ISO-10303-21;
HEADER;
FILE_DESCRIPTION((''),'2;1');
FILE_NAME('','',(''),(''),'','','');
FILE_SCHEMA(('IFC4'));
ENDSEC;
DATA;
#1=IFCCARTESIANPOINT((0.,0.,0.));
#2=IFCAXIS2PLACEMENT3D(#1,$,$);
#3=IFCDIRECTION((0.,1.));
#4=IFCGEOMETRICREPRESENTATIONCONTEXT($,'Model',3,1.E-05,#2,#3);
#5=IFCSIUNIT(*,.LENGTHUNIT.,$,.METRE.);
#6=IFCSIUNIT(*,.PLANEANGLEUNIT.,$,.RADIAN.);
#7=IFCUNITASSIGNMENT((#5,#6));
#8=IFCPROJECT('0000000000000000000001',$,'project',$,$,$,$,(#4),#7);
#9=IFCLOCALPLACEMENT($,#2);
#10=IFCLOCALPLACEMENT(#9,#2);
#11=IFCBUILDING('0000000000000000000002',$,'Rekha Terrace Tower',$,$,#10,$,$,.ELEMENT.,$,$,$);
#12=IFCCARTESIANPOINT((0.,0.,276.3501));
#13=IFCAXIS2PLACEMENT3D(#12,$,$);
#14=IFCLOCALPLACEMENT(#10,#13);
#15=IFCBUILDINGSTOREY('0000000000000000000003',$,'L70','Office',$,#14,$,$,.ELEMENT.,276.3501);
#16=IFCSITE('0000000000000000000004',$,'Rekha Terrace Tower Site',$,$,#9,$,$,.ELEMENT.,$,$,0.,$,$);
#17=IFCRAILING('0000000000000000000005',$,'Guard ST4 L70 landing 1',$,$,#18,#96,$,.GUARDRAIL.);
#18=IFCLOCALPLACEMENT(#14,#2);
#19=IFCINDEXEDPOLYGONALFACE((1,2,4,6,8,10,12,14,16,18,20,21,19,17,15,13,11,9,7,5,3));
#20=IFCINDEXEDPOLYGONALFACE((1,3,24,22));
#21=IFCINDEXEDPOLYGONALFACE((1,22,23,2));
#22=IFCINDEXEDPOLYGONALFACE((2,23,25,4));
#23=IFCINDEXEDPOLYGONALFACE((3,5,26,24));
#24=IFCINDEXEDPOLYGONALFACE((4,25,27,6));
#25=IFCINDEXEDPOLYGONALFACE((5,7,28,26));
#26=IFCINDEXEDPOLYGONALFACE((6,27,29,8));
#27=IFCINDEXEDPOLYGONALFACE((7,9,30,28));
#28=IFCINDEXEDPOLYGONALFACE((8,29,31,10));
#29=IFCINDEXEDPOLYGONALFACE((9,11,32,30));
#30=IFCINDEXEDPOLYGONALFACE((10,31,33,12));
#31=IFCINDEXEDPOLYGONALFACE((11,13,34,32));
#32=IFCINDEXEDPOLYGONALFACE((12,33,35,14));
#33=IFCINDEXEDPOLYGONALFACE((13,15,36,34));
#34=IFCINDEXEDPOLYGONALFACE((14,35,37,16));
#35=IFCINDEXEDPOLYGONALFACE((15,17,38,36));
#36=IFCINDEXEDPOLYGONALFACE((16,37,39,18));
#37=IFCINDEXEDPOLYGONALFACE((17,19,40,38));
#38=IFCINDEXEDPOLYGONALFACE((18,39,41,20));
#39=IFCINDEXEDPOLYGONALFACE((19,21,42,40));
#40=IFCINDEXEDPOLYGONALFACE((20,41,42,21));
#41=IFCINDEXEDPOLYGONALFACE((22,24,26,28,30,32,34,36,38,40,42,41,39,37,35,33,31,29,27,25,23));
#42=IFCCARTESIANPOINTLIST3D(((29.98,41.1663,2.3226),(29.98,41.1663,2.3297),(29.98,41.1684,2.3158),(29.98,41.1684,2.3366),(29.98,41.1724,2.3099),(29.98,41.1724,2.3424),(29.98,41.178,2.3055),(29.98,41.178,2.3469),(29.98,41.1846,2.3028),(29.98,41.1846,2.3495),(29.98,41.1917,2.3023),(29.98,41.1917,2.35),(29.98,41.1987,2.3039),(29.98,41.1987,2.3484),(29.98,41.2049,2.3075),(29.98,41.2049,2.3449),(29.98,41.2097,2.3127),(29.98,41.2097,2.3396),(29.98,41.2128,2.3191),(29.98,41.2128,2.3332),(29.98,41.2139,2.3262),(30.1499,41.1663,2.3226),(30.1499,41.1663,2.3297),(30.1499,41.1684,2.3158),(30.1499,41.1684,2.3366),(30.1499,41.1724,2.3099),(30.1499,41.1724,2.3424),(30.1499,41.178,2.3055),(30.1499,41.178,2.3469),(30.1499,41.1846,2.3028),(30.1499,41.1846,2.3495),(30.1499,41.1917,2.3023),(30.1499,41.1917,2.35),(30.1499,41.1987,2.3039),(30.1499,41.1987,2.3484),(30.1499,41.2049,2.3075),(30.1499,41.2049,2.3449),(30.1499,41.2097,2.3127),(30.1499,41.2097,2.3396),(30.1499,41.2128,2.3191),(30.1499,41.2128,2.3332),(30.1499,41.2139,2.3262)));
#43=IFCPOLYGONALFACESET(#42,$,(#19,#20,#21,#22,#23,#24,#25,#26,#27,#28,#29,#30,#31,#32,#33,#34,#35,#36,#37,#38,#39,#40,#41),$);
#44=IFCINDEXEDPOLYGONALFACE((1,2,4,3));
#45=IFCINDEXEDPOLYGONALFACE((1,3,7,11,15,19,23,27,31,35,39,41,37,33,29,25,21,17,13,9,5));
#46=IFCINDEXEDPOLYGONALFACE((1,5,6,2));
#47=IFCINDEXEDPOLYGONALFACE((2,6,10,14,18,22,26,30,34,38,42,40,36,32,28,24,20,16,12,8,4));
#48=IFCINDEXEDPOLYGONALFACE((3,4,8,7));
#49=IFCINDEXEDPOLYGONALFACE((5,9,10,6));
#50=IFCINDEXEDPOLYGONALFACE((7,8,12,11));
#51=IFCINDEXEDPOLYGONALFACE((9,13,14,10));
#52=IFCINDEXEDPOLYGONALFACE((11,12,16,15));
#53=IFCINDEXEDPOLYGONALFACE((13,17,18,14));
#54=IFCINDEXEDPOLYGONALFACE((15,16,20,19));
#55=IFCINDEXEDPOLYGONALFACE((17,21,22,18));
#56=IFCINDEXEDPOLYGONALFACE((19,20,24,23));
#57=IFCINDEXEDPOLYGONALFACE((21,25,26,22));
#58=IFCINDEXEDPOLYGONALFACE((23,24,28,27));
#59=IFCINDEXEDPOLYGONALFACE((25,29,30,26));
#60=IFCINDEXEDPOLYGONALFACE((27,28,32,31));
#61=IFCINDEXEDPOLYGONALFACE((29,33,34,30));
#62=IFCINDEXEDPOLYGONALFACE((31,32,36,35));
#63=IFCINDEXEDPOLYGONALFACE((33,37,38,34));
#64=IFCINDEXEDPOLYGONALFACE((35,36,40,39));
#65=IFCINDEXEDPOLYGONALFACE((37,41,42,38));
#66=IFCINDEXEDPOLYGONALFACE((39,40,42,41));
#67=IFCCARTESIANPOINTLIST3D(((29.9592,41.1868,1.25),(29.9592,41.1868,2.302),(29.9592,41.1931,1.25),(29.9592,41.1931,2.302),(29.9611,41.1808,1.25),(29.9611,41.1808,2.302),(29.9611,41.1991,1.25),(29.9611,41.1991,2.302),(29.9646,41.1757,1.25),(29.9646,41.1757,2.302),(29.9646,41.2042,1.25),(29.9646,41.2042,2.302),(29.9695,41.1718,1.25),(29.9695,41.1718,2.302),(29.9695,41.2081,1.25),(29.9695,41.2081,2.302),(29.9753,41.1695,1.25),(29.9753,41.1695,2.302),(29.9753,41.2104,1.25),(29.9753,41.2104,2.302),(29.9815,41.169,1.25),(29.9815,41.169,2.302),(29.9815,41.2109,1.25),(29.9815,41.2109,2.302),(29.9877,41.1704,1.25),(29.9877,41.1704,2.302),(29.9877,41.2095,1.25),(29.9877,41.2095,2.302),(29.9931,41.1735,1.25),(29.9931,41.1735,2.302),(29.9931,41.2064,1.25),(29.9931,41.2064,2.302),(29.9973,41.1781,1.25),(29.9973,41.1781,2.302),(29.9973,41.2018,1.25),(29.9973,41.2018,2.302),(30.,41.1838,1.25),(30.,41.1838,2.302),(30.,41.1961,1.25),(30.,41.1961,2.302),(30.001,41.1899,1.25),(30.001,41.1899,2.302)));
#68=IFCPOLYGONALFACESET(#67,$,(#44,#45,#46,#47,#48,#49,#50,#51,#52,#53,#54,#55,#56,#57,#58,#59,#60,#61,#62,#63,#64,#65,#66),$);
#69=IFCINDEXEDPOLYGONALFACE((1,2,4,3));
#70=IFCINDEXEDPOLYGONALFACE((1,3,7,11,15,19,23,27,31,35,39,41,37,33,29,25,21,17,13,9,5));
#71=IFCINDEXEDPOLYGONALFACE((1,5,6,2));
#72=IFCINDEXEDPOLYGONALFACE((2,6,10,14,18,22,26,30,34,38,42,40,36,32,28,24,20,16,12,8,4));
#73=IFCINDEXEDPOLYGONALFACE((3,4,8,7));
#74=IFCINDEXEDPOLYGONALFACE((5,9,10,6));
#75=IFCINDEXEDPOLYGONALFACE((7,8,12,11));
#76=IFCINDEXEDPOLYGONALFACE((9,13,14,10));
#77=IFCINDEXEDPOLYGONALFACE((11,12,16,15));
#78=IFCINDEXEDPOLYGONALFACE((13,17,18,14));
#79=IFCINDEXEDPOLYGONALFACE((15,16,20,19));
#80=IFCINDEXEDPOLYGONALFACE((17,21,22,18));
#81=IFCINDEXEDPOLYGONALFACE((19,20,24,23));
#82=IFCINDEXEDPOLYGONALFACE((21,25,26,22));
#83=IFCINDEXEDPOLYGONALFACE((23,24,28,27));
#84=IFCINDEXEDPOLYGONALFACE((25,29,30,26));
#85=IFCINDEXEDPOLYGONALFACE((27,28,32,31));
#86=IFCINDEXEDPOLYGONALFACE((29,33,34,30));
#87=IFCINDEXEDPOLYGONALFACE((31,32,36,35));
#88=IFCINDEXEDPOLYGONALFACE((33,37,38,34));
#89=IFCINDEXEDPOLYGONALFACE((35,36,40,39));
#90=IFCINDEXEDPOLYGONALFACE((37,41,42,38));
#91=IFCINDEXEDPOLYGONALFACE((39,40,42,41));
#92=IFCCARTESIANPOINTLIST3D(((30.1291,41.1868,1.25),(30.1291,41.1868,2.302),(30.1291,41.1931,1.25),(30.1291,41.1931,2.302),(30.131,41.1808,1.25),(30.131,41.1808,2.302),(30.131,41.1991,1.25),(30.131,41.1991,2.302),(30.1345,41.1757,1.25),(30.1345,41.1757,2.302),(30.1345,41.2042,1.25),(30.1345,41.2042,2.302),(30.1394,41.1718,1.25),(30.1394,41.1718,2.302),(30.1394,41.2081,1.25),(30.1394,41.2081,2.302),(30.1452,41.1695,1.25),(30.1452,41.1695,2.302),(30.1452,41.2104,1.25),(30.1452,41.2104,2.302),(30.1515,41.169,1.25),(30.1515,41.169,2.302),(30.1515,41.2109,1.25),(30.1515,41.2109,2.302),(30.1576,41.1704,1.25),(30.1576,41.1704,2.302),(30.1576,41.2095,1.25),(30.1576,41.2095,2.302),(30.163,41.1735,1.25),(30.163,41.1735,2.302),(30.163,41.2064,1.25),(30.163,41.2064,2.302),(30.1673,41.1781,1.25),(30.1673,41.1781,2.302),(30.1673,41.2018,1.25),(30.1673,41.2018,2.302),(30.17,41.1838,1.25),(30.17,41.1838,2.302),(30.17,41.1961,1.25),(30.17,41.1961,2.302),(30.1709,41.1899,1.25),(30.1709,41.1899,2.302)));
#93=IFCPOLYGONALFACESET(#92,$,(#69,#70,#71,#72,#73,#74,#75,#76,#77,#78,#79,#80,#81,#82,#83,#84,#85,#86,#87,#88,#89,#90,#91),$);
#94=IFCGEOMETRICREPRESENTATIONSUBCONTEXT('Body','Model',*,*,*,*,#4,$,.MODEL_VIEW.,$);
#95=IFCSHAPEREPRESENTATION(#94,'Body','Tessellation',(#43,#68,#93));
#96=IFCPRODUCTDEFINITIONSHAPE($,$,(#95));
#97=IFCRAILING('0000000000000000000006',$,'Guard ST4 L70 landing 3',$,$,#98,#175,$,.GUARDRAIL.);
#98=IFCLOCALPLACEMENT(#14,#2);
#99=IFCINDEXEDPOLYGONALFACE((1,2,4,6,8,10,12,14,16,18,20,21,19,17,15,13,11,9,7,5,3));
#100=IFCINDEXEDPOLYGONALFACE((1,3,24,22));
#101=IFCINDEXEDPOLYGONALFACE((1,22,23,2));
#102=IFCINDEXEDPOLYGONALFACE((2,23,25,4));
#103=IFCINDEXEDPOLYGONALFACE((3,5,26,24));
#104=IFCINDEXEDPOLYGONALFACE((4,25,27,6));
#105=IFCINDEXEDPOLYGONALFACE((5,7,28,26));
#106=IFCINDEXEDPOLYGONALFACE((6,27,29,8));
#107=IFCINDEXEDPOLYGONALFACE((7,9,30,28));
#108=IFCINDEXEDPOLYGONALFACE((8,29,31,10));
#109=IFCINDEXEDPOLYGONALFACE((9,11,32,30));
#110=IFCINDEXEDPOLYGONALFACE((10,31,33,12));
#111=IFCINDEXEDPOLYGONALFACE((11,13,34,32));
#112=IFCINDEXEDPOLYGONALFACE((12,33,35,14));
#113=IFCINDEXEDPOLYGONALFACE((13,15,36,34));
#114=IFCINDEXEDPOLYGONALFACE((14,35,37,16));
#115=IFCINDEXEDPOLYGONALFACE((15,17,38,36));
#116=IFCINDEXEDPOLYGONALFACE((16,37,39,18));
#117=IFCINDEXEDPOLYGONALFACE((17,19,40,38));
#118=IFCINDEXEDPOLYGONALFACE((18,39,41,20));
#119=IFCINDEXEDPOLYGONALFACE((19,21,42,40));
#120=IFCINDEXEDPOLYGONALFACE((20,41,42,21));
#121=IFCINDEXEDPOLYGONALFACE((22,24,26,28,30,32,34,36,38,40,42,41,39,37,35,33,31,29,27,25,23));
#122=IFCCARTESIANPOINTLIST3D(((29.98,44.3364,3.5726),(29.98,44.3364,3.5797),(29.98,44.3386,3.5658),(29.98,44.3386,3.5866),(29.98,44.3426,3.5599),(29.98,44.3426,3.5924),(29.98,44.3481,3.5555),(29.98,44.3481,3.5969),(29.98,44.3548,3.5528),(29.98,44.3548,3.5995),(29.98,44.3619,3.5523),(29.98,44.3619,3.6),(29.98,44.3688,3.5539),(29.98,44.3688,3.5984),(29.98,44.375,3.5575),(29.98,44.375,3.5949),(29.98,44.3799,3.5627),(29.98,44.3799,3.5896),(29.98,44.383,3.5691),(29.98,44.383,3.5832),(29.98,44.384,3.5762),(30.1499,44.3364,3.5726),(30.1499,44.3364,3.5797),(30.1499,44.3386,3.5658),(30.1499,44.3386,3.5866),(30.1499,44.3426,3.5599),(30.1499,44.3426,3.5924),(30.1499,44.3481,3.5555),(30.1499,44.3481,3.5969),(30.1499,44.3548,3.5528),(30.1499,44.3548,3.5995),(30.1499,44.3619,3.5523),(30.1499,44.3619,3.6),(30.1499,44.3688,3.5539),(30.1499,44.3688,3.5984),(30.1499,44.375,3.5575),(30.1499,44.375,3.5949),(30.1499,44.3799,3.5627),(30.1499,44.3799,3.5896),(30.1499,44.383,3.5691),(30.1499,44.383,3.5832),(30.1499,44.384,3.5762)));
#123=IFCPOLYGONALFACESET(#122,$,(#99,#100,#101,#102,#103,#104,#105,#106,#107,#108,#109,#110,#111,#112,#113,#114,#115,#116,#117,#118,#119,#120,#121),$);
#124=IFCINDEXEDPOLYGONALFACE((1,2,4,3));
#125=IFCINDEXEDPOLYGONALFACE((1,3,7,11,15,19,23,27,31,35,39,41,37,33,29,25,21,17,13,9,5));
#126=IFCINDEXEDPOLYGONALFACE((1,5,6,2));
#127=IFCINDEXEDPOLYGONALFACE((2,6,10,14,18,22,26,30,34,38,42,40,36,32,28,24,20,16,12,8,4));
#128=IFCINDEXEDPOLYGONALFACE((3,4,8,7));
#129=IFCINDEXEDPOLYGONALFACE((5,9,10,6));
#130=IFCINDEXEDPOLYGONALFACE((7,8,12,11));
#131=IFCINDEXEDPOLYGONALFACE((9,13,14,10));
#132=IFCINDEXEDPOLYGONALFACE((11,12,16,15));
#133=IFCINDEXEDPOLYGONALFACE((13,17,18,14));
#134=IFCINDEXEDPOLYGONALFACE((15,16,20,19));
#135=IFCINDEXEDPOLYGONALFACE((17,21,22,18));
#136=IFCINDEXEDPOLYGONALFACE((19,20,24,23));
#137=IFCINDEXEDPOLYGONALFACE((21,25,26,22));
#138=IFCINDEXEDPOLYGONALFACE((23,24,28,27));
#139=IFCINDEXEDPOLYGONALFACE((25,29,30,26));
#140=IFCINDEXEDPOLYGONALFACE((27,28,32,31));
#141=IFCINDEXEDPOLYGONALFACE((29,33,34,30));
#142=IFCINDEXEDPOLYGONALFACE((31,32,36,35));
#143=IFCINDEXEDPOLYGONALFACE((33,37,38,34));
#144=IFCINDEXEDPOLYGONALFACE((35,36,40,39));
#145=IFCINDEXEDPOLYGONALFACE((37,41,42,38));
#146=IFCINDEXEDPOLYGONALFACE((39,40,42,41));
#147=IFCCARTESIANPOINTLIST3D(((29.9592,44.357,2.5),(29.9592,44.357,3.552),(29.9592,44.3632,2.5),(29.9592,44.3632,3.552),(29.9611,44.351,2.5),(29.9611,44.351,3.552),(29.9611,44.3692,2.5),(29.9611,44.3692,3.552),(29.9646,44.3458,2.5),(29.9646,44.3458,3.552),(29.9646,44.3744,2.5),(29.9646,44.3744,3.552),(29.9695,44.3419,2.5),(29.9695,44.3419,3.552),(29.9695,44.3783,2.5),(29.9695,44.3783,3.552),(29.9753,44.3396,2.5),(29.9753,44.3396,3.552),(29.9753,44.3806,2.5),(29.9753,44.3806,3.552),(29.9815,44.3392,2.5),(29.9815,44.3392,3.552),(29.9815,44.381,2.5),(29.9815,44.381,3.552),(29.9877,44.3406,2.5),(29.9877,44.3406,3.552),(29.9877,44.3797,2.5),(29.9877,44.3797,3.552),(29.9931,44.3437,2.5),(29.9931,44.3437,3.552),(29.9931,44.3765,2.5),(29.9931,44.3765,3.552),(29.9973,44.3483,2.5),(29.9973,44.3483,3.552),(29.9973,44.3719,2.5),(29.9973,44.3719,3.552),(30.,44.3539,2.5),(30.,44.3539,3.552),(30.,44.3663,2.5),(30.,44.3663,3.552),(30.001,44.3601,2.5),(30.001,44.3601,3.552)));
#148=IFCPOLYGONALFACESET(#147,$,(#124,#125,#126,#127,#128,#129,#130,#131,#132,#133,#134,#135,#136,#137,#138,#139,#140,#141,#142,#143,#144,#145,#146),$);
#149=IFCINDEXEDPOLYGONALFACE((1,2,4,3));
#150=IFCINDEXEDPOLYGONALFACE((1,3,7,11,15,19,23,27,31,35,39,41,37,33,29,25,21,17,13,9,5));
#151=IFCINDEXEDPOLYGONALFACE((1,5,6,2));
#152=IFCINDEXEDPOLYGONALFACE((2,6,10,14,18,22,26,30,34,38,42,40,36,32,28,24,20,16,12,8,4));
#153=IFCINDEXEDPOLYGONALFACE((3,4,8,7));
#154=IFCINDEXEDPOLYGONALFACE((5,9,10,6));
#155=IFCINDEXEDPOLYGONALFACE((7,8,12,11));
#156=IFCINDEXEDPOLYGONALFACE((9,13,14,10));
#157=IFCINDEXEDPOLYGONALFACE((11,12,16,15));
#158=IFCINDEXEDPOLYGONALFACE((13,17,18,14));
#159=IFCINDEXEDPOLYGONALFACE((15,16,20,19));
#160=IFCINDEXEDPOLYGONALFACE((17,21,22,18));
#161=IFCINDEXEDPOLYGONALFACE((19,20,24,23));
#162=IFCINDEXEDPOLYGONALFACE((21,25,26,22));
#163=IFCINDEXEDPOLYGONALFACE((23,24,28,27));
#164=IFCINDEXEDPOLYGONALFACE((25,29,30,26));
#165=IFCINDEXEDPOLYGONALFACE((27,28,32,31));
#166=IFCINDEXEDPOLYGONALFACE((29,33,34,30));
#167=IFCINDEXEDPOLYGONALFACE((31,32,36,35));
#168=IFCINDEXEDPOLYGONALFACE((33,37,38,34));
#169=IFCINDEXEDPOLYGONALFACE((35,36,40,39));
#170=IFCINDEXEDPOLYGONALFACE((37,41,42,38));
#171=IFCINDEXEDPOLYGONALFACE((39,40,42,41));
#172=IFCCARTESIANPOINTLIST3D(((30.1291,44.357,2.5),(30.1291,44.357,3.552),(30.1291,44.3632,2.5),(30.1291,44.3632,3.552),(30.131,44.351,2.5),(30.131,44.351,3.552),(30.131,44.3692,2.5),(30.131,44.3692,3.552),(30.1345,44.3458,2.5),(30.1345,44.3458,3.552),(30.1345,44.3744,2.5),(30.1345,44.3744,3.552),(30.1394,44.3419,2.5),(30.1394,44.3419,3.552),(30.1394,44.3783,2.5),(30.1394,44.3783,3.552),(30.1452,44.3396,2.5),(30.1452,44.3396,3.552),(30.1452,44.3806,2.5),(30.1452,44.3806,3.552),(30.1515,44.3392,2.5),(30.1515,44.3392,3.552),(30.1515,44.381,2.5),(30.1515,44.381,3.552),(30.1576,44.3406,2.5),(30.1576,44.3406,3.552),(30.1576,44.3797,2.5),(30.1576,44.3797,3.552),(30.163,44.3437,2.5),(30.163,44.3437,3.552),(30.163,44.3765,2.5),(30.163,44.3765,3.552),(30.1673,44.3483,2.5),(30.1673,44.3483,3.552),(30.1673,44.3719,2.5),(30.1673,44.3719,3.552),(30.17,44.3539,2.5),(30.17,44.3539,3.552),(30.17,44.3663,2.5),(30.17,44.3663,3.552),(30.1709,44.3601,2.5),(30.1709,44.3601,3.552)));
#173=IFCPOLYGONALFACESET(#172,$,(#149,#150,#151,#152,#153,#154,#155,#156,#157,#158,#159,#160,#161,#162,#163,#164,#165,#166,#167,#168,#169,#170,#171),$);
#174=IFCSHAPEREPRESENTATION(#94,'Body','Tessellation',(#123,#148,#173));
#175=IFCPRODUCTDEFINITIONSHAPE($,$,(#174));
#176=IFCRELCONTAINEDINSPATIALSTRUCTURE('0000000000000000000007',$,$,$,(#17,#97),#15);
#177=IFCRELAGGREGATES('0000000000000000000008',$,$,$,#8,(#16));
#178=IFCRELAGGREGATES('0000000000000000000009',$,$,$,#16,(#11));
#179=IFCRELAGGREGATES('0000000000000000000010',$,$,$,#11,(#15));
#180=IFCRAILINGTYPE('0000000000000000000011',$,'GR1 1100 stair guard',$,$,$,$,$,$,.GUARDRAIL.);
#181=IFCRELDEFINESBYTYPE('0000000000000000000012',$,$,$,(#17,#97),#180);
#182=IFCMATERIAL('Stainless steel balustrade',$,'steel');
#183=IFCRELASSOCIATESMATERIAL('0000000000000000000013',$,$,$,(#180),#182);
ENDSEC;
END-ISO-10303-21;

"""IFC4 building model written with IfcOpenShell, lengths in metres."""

from ifc_helpers import new_model, si_unit, direction, frame, origin, origin_2d, place, context, subcontext, project, spatial, circle, extrude, material, type_object, element, save


model = new_model("IFC4")

# Units and contexts
model_context = context("Model", 3, precision=1e-05, world=origin(), true_north=direction((0.0, 1.0)))
body_context = subcontext(model_context, "Body", "Model", "MODEL_VIEW")
ifc_project = project(units=[si_unit("LENGTHUNIT", "METRE"), si_unit("PLANEANGLEUNIT", "RADIAN")], contexts=[model_context])

# Site, building, storey
site_placement = place(None, origin())
site = spatial("IfcSite", under=ifc_project, at=site_placement, Name="Rekha Terrace Tower Site", CompositionType="ELEMENT", RefElevation=0.0)
building_placement = place(site_placement, origin())
building = spatial("IfcBuilding", under=site, at=building_placement, Name="Rekha Terrace Tower", CompositionType="ELEMENT")
storey_placement = place(building_placement, frame((0.0, 0.0, 276.3501)))
storey = spatial("IfcBuildingStorey", under=building, at=storey_placement, Name="L70", Description="Office", CompositionType="ELEMENT", Elevation=276.3501)

# Railings
ifc_material_1 = material(Name="Stainless steel balustrade", Category="steel")
railing_type_1 = type_object("IfcRailingType", Name="GR1 1100 stair guard", PredefinedType="GUARDRAIL", material=ifc_material_1)
for number, where, name in (
    (1, (29.98, 41.1899, 1.25), "Guard ST4 L70 landing 1"),
    (2, (29.98, 44.3601, 2.5), "Guard ST4 L70 landing 3"),
):
    element("IfcRailing", number, at=place(storey_placement, frame(where)), inside=storey, type_object=railing_type_1, Name=name, PredefinedType="GUARDRAIL", context=body_context, shape_type="SweptSolid", body=[
        extrude(circle(Radius=0.0239, at=origin_2d()), frame((0.0, 0.0, 1.0762), z_axis=(1.0, 0.0, 0.0), x_axis=(0.0, 1.0, 0.0)), (0.0, 0.0, 1.0), 0.1699),
        extrude(circle(Radius=0.021, at=origin_2d()), origin(), (0.0, 0.0, 1.0), 1.052),
        extrude(circle(Radius=0.021, at=origin_2d()), frame((0.1699, 0.0, 0.0)), (0.0, 0.0, 1.0), 1.052),
    ])

save(model, "model.ifc")
